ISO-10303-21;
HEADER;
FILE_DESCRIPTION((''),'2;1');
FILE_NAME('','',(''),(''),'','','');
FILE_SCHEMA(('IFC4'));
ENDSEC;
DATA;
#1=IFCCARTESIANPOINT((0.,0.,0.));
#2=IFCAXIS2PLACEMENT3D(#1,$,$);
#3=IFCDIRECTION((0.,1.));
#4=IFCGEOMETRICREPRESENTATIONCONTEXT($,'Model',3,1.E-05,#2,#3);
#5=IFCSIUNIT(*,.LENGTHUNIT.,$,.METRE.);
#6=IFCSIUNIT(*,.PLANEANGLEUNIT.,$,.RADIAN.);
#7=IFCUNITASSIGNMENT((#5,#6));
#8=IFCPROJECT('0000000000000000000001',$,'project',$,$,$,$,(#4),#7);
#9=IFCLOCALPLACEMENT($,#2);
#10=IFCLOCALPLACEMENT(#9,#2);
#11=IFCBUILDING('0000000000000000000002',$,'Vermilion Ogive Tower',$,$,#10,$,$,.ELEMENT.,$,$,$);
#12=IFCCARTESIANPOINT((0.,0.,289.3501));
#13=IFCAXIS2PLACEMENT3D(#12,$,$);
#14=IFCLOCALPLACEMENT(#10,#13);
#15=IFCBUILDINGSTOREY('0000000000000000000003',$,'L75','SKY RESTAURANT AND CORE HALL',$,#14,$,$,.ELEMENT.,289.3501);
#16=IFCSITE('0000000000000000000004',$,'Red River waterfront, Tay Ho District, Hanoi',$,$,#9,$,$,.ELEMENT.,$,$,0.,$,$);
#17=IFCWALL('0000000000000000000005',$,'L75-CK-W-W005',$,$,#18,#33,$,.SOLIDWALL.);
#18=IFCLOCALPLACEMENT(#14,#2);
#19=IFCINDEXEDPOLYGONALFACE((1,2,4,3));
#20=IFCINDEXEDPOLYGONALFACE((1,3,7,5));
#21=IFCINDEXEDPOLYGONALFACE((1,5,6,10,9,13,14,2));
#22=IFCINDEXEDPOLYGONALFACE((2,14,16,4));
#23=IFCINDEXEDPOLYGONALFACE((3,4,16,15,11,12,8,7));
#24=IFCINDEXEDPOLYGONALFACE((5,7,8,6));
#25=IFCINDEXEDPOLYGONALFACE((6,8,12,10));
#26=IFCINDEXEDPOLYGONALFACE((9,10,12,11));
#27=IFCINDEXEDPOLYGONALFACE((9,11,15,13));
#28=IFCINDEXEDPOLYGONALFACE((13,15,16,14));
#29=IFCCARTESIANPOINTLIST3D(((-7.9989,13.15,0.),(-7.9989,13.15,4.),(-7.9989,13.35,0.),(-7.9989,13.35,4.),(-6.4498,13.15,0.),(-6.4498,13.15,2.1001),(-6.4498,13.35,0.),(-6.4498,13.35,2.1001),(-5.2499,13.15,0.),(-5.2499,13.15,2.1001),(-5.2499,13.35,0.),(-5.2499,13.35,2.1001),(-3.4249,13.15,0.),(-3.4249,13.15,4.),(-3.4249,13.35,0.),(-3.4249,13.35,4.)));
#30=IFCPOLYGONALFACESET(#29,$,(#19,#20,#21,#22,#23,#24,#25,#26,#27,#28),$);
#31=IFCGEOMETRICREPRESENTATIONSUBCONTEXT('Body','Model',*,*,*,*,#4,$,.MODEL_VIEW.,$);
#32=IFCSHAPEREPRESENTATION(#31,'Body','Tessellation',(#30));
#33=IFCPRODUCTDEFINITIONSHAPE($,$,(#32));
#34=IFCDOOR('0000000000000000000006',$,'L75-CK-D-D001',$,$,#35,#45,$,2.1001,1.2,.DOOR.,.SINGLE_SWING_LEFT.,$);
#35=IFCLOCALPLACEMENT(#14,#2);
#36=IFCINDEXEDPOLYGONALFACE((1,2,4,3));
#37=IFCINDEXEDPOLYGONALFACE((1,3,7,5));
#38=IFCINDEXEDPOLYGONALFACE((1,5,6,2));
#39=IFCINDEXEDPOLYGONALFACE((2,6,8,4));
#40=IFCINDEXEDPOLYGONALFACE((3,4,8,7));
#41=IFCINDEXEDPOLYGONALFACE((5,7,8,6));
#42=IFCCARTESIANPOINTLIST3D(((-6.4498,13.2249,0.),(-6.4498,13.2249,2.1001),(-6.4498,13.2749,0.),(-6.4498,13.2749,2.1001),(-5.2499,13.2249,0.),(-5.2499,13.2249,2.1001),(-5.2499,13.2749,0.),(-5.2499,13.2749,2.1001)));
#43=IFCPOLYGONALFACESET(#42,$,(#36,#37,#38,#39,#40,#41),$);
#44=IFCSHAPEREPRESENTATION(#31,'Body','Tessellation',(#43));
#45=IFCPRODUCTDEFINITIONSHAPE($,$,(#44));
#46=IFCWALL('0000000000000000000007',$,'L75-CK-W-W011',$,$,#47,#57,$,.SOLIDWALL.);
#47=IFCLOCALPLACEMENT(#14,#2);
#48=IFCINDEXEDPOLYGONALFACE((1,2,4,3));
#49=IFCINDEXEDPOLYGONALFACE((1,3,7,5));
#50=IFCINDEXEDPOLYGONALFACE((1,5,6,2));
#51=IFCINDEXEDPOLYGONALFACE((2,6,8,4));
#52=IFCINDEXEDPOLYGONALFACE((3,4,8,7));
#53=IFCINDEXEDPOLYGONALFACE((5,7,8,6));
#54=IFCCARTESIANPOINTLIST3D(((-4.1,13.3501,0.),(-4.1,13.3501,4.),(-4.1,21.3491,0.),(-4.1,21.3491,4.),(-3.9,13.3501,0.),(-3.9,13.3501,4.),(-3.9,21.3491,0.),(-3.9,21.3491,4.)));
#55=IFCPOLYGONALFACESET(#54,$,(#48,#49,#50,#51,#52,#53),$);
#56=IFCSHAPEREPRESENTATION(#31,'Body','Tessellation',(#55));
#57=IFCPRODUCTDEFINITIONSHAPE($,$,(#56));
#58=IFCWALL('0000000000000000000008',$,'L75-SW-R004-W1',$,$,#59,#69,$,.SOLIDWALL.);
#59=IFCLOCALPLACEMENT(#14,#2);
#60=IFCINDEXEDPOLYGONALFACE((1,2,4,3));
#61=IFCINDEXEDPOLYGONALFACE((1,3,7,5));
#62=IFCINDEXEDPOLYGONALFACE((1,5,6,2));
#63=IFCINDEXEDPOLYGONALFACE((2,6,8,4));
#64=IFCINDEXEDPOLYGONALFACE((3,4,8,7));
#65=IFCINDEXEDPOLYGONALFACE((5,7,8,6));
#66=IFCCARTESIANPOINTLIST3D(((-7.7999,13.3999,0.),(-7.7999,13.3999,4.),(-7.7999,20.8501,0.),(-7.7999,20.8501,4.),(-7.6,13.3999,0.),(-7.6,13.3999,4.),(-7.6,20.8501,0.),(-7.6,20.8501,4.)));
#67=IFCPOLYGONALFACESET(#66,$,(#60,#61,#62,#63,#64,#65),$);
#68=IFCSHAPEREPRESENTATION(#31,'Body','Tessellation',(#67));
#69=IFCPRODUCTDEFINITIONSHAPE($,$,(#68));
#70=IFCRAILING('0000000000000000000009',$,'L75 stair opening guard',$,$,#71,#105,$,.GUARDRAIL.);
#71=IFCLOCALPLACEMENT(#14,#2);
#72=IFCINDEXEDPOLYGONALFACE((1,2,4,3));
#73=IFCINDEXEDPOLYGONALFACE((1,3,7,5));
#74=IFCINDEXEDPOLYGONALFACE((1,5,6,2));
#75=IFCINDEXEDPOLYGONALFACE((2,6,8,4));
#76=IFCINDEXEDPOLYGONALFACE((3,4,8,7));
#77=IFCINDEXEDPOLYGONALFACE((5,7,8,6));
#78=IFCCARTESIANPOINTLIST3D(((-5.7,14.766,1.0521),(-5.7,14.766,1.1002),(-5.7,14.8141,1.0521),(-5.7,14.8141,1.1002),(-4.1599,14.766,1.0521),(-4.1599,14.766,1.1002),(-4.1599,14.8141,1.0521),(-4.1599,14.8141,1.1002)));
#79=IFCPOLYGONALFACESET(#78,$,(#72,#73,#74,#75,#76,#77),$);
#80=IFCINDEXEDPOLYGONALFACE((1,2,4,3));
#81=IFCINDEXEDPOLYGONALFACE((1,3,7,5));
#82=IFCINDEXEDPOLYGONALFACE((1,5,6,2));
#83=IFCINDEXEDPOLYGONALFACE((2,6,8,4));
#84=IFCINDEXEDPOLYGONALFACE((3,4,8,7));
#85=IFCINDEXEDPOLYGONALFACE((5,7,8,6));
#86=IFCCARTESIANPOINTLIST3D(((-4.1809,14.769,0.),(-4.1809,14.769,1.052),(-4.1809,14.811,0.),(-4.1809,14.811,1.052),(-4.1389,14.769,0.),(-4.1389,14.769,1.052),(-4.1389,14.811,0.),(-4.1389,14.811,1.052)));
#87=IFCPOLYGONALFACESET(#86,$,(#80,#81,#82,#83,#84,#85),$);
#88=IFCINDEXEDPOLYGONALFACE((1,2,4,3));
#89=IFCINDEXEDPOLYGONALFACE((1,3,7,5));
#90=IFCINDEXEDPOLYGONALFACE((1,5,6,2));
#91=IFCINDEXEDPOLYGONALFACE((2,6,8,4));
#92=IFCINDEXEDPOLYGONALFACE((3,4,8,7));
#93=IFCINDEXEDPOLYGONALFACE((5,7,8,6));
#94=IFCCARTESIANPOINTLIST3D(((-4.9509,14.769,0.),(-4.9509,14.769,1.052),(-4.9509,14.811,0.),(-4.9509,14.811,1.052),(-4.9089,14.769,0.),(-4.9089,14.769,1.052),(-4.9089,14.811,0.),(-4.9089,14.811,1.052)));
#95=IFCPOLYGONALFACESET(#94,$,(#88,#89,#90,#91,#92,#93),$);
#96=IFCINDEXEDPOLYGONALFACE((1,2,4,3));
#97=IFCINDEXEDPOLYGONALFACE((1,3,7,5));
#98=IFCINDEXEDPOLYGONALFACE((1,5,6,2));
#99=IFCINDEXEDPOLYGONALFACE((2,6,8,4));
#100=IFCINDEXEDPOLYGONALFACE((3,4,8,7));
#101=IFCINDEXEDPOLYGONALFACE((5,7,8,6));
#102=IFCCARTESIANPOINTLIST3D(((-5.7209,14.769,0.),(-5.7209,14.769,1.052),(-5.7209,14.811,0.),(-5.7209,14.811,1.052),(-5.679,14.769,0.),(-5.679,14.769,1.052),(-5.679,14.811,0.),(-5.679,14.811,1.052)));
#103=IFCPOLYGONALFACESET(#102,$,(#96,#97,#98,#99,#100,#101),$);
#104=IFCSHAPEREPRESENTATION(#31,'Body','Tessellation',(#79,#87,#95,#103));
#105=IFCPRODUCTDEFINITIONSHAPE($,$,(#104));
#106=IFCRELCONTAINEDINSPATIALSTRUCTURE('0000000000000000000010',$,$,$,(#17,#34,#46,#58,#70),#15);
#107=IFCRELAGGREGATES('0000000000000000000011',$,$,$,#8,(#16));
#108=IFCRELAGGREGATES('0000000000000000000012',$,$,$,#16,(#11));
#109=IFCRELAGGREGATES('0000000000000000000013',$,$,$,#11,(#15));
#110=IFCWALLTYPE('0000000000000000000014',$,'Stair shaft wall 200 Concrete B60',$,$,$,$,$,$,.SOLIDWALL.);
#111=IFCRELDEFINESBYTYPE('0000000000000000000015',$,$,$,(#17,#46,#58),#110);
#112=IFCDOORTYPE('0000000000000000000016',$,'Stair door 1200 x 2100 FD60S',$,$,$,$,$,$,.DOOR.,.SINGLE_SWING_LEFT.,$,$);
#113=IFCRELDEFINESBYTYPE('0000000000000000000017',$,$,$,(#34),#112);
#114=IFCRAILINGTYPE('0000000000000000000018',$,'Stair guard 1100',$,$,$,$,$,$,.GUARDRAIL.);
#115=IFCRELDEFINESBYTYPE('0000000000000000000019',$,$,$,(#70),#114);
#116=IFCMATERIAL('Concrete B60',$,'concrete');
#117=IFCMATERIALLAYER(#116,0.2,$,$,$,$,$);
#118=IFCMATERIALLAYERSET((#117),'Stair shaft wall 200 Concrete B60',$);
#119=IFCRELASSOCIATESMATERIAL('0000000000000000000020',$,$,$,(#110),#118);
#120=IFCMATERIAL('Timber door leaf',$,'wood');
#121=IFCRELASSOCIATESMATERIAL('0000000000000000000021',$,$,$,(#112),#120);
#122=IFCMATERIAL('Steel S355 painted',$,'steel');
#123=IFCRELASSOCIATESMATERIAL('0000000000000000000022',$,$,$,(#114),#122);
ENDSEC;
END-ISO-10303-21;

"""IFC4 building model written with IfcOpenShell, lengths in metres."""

from ifc_helpers import new_model, si_unit, direction, frame, frame_2d, origin, origin_2d, place, context, subcontext, project, spatial, rectangle, extrude, material, layer, layer_set, type_object, element, fill, save


model = new_model("IFC4")

# Units and contexts
model_context = context("Model", 3, precision=1e-05, world=origin(), true_north=direction((0.0, 1.0)))
body_context = subcontext(model_context, "Body", "Model", "MODEL_VIEW")
ifc_project = project(units=[si_unit("LENGTHUNIT", "METRE"), si_unit("PLANEANGLEUNIT", "RADIAN")], contexts=[model_context])

# Site, building, storey
site_placement = place(None, origin())
site = spatial("IfcSite", under=ifc_project, at=site_placement, Name="Red River waterfront, Tay Ho District, Hanoi", CompositionType="ELEMENT", RefElevation=0.0)
building_placement = place(site_placement, origin())
building = spatial("IfcBuilding", under=site, at=building_placement, Name="Vermilion Ogive Tower", CompositionType="ELEMENT")
storey_placement = place(building_placement, frame((0.0, 0.0, 289.3501)))
storey = spatial("IfcBuildingStorey", under=building, at=storey_placement, Name="L75", Description="SKY RESTAURANT AND CORE HALL", CompositionType="ELEMENT", Elevation=289.3501)

# Wall, opening, door
ifc_material_1 = material(Name="Concrete B60", Category="concrete")
ifc_layer_1 = layer(ifc_material_1, 0.2)
ifc_layer_set_1 = layer_set([ifc_layer_1], Name="Stair shaft wall 200 Concrete B60")
wall_type_1 = type_object("IfcWallType", Name="Stair shaft wall 200 Concrete B60", PredefinedType="SOLIDWALL", material=ifc_layer_set_1)
wall_1_placement = place(storey_placement, frame((-7.999, 13.25, 0.0), z_axis=(0.0, 0.0, 1.0), x_axis=(1.0, 0.0, 0.0)))
wall_1 = element("IfcWall", 1, at=wall_1_placement, inside=storey, type_object=wall_type_1, Name="L75-CK-W-W005", PredefinedType="SOLIDWALL", context=body_context, shape_type="SweptSolid", body=[
    extrude(rectangle(XDim=4.574, YDim=0.2, at=frame_2d((2.2871, 0.0))), origin(), (0.0, 0.0, 1.0), 4.0),
])
opening_1_placement = place(wall_1_placement, frame((1.5491, 0.0, 0.0)))
opening_1 = element("IfcOpeningElement", 2, at=opening_1_placement, cuts=wall_1, PredefinedType="OPENING", context=body_context, shape_type="SweptSolid", body=[
    extrude(rectangle(XDim=1.2, YDim=2.1001, at=frame_2d((0.6001, 1.05))), frame((0.0, 0.1099, 0.0), z_axis=(0.0, -1.0, 0.0), x_axis=(1.0, 0.0, 0.0)), (0.0, 0.0, 1.0), 0.22),
])
ifc_material_2 = material(Name="Timber door leaf", Category="wood")
door_type_1 = type_object("IfcDoorType", Name="Stair door 1200 x 2100 FD60S", OperationType="SINGLE_SWING_LEFT", PredefinedType="DOOR", material=ifc_material_2)
door_1_placement = place(opening_1_placement, origin())
door_1 = element("IfcDoor", 3, at=door_1_placement, inside=storey, type_object=door_type_1, Name="L75-CK-D-D001", OperationType="SINGLE_SWING_LEFT", OverallHeight=2.1001, OverallWidth=1.2, PredefinedType="DOOR", context=body_context, shape_type="SweptSolid", body=[
    extrude(rectangle(XDim=1.2, YDim=2.1001, at=frame_2d((0.6001, 1.05))), frame((0.0, 0.0249, 0.0), z_axis=(0.0, -1.0, 0.0), x_axis=(1.0, 0.0, 0.0)), (0.0, 0.0, 1.0), 0.05),
])
fill(opening_1, door_1)

# Walls
wall_2_placement = place(storey_placement, frame((-4.0, 13.3501, 0.0), z_axis=(0.0, 0.0, 1.0), x_axis=(0.0, 1.0, 0.0)))
element("IfcWall", 4, at=wall_2_placement, inside=storey, type_object=wall_type_1, Name="L75-CK-W-W011", PredefinedType="SOLIDWALL", context=body_context, shape_type="SweptSolid", body=[
    extrude(rectangle(XDim=7.999, YDim=0.2, at=frame_2d((3.9995, 0.0))), origin(), (0.0, 0.0, 1.0), 4.0),
])
wall_3_placement = place(storey_placement, frame((-7.7, 13.3999, 0.0), z_axis=(0.0, 0.0, 1.0), x_axis=(0.0, 1.0, 0.0)))
element("IfcWall", 5, at=wall_3_placement, inside=storey, type_object=wall_type_1, Name="L75-SW-R004-W1", PredefinedType="SOLIDWALL", context=body_context, shape_type="SweptSolid", body=[
    extrude(rectangle(XDim=7.4502, YDim=0.2, at=frame_2d((3.7251, 0.0))), origin(), (0.0, 0.0, 1.0), 4.0),
])

# Railing
ifc_material_3 = material(Name="Steel S355 painted", Category="steel")
railing_type = type_object("IfcRailingType", Name="Stair guard 1100", PredefinedType="GUARDRAIL", material=ifc_material_3)
railing_placement = place(storey_placement, frame((-4.1599, 14.79, 0.0)))
element("IfcRailing", 6, at=railing_placement, inside=storey, type_object=railing_type, Name="L75 stair opening guard", PredefinedType="GUARDRAIL", context=body_context, shape_type="SweptSolid", body=[
    extrude(rectangle(XDim=0.0481, YDim=0.0481, at=origin_2d()), frame((0.0, 0.0, 1.0762), z_axis=(-1.0, 0.0, 0.0), x_axis=(0.0, -1.0, 0.0)), (0.0, 0.0, 1.0), 1.54),
    extrude(rectangle(XDim=0.042, YDim=0.042, at=origin_2d()), origin(), (0.0, 0.0, 1.0), 1.052),
    extrude(rectangle(XDim=0.042, YDim=0.042, at=origin_2d()), frame((-0.77, 0.0, 0.0)), (0.0, 0.0, 1.0), 1.052),
    extrude(rectangle(XDim=0.042, YDim=0.042, at=origin_2d()), frame((-1.54, 0.0, 0.0)), (0.0, 0.0, 1.0), 1.052),
])

save(model, "model.ifc")
